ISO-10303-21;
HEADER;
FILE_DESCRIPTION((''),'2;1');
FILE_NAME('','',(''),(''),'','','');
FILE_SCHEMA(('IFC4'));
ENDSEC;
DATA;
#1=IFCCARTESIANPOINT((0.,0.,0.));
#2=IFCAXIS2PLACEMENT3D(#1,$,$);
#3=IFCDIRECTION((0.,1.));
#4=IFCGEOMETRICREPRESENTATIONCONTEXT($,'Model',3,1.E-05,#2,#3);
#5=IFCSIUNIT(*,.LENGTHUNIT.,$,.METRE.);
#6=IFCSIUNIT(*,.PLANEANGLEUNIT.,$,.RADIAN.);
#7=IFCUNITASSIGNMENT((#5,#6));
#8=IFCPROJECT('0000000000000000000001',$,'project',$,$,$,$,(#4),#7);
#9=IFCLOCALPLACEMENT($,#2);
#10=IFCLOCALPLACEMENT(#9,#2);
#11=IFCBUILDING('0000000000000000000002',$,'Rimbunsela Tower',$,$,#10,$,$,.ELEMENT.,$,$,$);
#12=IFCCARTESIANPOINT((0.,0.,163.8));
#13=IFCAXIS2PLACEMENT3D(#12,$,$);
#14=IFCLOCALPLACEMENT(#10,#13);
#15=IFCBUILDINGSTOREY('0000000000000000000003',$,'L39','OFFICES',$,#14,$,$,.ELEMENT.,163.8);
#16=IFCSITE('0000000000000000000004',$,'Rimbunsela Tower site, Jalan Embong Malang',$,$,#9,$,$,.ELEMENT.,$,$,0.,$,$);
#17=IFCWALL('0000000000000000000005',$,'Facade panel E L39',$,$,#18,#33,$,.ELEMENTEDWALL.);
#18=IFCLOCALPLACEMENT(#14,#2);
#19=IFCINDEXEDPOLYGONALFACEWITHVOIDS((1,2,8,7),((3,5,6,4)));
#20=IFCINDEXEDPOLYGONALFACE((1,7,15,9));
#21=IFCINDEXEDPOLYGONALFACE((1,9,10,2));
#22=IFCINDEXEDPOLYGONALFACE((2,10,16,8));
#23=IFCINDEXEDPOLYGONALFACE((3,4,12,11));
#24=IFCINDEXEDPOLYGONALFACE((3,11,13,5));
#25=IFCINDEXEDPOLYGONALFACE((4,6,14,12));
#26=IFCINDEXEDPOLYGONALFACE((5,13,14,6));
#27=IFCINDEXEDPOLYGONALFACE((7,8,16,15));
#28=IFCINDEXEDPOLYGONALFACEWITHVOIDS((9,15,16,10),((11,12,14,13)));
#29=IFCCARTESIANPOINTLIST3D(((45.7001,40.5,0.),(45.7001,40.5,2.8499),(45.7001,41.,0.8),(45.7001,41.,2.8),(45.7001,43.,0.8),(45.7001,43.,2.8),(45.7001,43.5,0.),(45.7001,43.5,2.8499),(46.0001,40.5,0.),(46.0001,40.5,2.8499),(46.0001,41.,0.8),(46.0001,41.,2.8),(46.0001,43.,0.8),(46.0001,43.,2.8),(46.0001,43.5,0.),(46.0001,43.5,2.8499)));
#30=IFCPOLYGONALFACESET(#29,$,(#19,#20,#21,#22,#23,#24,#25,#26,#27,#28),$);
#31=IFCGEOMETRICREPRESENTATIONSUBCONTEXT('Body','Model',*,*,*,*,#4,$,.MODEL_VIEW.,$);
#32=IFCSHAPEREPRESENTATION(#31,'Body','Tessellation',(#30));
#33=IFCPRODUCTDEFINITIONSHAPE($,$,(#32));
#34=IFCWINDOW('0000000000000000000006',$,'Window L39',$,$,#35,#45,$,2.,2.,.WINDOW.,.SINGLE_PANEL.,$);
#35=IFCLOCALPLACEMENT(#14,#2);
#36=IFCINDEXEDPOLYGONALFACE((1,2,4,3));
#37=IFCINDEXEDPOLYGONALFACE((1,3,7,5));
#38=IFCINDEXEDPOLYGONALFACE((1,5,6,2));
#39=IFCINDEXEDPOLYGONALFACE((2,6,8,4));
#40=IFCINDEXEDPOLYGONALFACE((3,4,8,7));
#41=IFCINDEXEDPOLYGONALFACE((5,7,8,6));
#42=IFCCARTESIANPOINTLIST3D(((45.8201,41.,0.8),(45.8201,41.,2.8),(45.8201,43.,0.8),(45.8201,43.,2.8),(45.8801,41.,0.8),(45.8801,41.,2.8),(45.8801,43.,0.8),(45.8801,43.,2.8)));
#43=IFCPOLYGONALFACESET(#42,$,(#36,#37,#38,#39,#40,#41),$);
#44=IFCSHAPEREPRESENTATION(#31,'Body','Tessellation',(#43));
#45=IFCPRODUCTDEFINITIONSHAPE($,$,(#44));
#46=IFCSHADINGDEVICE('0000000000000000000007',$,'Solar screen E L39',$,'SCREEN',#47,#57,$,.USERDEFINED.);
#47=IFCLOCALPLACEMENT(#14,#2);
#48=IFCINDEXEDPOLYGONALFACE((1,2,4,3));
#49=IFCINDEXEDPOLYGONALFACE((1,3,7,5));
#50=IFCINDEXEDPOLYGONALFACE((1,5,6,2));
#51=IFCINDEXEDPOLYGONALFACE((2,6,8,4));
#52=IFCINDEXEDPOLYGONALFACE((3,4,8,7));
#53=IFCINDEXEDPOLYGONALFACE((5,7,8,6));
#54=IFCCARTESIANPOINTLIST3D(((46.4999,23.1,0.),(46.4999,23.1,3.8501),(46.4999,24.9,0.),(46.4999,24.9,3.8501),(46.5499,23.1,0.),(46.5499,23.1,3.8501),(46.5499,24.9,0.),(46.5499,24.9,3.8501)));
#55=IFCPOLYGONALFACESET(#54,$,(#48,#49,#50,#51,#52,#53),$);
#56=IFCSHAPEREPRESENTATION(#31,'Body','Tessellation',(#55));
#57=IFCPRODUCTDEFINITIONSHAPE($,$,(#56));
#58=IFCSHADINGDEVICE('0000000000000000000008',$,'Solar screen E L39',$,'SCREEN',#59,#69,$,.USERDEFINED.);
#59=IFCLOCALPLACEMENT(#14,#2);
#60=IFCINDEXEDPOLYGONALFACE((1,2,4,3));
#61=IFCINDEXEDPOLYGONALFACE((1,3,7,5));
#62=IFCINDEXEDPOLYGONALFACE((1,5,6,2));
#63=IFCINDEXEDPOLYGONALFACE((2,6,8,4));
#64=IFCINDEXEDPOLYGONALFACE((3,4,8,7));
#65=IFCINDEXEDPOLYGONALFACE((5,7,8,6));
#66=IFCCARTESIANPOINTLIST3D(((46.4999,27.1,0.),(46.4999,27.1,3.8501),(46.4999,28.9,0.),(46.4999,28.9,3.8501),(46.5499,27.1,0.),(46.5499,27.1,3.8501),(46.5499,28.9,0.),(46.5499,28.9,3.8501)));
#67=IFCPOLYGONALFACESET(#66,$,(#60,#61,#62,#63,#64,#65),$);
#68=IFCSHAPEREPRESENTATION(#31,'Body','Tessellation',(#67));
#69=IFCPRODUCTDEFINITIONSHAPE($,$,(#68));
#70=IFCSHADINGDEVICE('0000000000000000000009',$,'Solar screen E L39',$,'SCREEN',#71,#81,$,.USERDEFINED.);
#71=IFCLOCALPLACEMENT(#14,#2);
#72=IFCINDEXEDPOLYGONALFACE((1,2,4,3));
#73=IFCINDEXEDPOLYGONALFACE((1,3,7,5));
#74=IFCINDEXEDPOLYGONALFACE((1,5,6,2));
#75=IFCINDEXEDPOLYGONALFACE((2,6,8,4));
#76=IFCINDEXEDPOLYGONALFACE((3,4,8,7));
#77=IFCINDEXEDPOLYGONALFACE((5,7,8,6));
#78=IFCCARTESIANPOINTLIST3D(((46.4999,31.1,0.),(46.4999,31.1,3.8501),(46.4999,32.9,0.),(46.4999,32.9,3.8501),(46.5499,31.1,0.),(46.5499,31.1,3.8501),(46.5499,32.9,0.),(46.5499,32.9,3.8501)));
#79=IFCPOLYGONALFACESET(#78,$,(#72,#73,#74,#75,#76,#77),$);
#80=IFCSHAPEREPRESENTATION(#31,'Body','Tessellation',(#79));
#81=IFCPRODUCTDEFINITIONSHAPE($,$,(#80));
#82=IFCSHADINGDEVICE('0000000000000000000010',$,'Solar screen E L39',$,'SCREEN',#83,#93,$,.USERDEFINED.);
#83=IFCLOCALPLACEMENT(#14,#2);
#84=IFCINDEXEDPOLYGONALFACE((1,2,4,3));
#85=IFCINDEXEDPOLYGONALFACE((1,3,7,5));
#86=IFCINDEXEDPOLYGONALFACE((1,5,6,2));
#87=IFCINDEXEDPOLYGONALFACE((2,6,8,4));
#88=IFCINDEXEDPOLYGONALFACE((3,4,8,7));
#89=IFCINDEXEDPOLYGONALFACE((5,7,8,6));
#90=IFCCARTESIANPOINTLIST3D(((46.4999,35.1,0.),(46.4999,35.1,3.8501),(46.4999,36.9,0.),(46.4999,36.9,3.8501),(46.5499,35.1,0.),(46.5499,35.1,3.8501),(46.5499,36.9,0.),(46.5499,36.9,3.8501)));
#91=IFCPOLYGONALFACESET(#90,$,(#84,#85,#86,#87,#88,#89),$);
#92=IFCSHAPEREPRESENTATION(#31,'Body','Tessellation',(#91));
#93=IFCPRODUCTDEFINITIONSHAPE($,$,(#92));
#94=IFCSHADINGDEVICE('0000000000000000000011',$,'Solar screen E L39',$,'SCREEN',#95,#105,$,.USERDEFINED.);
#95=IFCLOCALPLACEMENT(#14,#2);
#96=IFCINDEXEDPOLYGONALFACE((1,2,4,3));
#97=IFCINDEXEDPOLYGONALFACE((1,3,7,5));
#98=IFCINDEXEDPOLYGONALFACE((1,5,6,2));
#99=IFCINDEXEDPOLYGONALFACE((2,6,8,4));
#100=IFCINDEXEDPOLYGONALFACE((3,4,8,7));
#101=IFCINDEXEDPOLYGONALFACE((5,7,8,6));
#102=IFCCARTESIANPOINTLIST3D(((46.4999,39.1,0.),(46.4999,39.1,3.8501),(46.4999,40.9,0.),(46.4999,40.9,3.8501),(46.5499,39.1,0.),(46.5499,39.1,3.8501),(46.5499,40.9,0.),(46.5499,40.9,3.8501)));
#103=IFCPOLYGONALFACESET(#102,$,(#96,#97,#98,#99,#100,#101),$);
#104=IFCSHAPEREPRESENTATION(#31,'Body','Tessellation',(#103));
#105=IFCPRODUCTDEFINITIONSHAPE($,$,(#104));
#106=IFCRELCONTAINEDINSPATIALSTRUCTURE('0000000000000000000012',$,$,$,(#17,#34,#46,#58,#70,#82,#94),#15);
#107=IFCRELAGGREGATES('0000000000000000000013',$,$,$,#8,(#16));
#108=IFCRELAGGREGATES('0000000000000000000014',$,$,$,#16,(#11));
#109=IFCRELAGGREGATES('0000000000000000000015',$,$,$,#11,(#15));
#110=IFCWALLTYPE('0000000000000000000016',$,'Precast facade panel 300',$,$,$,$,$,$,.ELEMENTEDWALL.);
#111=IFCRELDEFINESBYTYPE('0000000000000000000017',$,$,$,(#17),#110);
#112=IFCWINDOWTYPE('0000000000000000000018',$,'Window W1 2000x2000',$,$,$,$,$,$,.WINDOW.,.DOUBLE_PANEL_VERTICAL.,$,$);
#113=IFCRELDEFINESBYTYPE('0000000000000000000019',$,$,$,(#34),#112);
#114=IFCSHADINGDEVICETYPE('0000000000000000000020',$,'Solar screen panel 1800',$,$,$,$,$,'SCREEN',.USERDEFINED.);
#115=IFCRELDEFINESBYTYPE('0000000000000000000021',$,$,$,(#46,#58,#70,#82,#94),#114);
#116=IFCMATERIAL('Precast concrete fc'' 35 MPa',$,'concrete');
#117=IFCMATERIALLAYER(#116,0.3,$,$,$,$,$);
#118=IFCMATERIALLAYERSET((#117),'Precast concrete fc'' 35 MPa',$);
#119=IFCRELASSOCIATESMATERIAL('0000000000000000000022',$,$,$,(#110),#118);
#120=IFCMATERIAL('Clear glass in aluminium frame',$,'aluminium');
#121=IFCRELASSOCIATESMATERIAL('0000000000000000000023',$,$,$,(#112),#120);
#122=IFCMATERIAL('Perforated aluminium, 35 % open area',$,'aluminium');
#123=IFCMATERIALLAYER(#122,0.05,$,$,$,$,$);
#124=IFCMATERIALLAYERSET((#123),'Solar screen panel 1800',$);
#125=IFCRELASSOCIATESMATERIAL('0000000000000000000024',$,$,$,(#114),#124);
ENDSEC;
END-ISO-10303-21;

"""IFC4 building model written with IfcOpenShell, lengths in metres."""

from ifc_helpers import new_model, si_unit, direction, frame, frame_2d, origin, origin_2d, place, context, subcontext, project, spatial, rectangle, extrude, material, layer, layer_set, type_object, element, fill, save


model = new_model("IFC4")

# Units and contexts
model_context = context("Model", 3, precision=1e-05, world=origin(), true_north=direction((0.0, 1.0)))
body_context = subcontext(model_context, "Body", "Model", "MODEL_VIEW")
ifc_project = project(units=[si_unit("LENGTHUNIT", "METRE"), si_unit("PLANEANGLEUNIT", "RADIAN")], contexts=[model_context])

# Site, building, storey
site_placement = place(None, origin())
site = spatial("IfcSite", under=ifc_project, at=site_placement, Name="Rimbunsela Tower site, Jalan Embong Malang", CompositionType="ELEMENT", RefElevation=0.0)
building_placement = place(site_placement, origin())
building = spatial("IfcBuilding", under=site, at=building_placement, Name="Rimbunsela Tower", CompositionType="ELEMENT")
storey_placement = place(building_placement, frame((0.0, 0.0, 163.8)))
storey = spatial("IfcBuildingStorey", under=building, at=storey_placement, Name="L39", Description="OFFICES", CompositionType="ELEMENT", Elevation=163.8)

# Wall, opening, window
ifc_material_1 = material(Name="Precast concrete fc' 35 MPa", Category="concrete")
ifc_layer_1 = layer(ifc_material_1, 0.3)
ifc_layer_set_1 = layer_set([ifc_layer_1], Name="Precast concrete fc' 35 MPa")
wall_type_1 = type_object("IfcWallType", Name="Precast facade panel 300", PredefinedType="ELEMENTEDWALL", material=ifc_layer_set_1)
ifc_material_2 = material(Name="Clear glass in aluminium frame", Category="aluminium")
window_type = type_object("IfcWindowType", Name="Window W1 2000x2000", PartitioningType="DOUBLE_PANEL_VERTICAL", PredefinedType="WINDOW", material=ifc_material_2)
wall_1_placement = place(storey_placement, frame((45.8501, 40.5, 0.0), z_axis=(0.0, 0.0, 1.0), x_axis=(0.0, 1.0, 0.0)))
wall_1 = element("IfcWall", 1, at=wall_1_placement, inside=storey, type_object=wall_type_1, Name="Facade panel E L39", PredefinedType="ELEMENTEDWALL", context=body_context, shape_type="SweptSolid", body=[
    extrude(rectangle(XDim=3.0, YDim=0.3, at=frame_2d((1.5, 0.0))), origin(), (0.0, 0.0, 1.0), 2.8499),
])
opening_1_placement = place(wall_1_placement, frame((0.5, 0.0, 0.8)))
opening_1 = element("IfcOpeningElement", 2, at=opening_1_placement, cuts=wall_1, PredefinedType="OPENING", context=body_context, shape_type="SweptSolid", body=[
    extrude(rectangle(XDim=2.0, YDim=2.0, at=frame_2d((1.0, 1.0))), frame((0.0, 0.1599, 0.0), z_axis=(0.0, -1.0, 0.0), x_axis=(1.0, 0.0, 0.0)), (0.0, 0.0, 1.0), 0.3201),
])
window_1_placement = place(opening_1_placement, origin())
window_1 = element("IfcWindow", 3, at=window_1_placement, inside=storey, type_object=window_type, Name="Window L39", OverallHeight=2.0, OverallWidth=2.0, PartitioningType="SINGLE_PANEL", PredefinedType="WINDOW", context=body_context, shape_type="SweptSolid", body=[
    extrude(rectangle(XDim=2.0, YDim=2.0, at=frame_2d((1.0, 1.0))), frame((0.0, 0.03, 0.0), z_axis=(0.0, -1.0, 0.0), x_axis=(1.0, 0.0, 0.0)), (0.0, 0.0, 1.0), 0.0601),
])
fill(opening_1, window_1)

# Shading devices
ifc_material_3 = material(Name="Perforated aluminium, 35 % open area", Category="aluminium")
ifc_layer_2 = layer(ifc_material_3, 0.05)
ifc_layer_set_2 = layer_set([ifc_layer_2], Name="Solar screen panel 1800")
shading_device_type = type_object("IfcShadingDeviceType", Name="Solar screen panel 1800", ElementType="SCREEN", PredefinedType="USERDEFINED", material=ifc_layer_set_2)
for number, where, z_axis, x_axis, name in (
    (4, (46.5249, 24.0, 0.0), (0.0, 0.0, 1.0), (0.0, 1.0, 0.0), "Solar screen E L39"),
    (5, (46.5249, 28.0, 0.0), (0.0, 0.0, 1.0), (0.0, 1.0, 0.0), "Solar screen E L39"),
    (6, (46.5249, 32.0, 0.0), (0.0, 0.0, 1.0), (0.0, 1.0, 0.0), "Solar screen E L39"),
    (7, (46.5249, 36.0, 0.0), (0.0, 0.0, 1.0), (0.0, 1.0, 0.0), "Solar screen E L39"),
    (8, (46.5249, 40.0, 0.0), (0.0, 0.0, 1.0), (0.0, 1.0, 0.0), "Solar screen E L39"),
):
    element("IfcShadingDevice", number, at=place(storey_placement, frame(where, z_axis=z_axis, x_axis=x_axis)), inside=storey, type_object=shading_device_type, Name=name, ObjectType="SCREEN", PredefinedType="USERDEFINED", context=body_context, shape_type="SweptSolid", body=[
        extrude(rectangle(XDim=1.8, YDim=0.05, at=origin_2d()), origin(), (0.0, 0.0, 1.0), 3.8501),
    ])

save(model, "model.ifc")
